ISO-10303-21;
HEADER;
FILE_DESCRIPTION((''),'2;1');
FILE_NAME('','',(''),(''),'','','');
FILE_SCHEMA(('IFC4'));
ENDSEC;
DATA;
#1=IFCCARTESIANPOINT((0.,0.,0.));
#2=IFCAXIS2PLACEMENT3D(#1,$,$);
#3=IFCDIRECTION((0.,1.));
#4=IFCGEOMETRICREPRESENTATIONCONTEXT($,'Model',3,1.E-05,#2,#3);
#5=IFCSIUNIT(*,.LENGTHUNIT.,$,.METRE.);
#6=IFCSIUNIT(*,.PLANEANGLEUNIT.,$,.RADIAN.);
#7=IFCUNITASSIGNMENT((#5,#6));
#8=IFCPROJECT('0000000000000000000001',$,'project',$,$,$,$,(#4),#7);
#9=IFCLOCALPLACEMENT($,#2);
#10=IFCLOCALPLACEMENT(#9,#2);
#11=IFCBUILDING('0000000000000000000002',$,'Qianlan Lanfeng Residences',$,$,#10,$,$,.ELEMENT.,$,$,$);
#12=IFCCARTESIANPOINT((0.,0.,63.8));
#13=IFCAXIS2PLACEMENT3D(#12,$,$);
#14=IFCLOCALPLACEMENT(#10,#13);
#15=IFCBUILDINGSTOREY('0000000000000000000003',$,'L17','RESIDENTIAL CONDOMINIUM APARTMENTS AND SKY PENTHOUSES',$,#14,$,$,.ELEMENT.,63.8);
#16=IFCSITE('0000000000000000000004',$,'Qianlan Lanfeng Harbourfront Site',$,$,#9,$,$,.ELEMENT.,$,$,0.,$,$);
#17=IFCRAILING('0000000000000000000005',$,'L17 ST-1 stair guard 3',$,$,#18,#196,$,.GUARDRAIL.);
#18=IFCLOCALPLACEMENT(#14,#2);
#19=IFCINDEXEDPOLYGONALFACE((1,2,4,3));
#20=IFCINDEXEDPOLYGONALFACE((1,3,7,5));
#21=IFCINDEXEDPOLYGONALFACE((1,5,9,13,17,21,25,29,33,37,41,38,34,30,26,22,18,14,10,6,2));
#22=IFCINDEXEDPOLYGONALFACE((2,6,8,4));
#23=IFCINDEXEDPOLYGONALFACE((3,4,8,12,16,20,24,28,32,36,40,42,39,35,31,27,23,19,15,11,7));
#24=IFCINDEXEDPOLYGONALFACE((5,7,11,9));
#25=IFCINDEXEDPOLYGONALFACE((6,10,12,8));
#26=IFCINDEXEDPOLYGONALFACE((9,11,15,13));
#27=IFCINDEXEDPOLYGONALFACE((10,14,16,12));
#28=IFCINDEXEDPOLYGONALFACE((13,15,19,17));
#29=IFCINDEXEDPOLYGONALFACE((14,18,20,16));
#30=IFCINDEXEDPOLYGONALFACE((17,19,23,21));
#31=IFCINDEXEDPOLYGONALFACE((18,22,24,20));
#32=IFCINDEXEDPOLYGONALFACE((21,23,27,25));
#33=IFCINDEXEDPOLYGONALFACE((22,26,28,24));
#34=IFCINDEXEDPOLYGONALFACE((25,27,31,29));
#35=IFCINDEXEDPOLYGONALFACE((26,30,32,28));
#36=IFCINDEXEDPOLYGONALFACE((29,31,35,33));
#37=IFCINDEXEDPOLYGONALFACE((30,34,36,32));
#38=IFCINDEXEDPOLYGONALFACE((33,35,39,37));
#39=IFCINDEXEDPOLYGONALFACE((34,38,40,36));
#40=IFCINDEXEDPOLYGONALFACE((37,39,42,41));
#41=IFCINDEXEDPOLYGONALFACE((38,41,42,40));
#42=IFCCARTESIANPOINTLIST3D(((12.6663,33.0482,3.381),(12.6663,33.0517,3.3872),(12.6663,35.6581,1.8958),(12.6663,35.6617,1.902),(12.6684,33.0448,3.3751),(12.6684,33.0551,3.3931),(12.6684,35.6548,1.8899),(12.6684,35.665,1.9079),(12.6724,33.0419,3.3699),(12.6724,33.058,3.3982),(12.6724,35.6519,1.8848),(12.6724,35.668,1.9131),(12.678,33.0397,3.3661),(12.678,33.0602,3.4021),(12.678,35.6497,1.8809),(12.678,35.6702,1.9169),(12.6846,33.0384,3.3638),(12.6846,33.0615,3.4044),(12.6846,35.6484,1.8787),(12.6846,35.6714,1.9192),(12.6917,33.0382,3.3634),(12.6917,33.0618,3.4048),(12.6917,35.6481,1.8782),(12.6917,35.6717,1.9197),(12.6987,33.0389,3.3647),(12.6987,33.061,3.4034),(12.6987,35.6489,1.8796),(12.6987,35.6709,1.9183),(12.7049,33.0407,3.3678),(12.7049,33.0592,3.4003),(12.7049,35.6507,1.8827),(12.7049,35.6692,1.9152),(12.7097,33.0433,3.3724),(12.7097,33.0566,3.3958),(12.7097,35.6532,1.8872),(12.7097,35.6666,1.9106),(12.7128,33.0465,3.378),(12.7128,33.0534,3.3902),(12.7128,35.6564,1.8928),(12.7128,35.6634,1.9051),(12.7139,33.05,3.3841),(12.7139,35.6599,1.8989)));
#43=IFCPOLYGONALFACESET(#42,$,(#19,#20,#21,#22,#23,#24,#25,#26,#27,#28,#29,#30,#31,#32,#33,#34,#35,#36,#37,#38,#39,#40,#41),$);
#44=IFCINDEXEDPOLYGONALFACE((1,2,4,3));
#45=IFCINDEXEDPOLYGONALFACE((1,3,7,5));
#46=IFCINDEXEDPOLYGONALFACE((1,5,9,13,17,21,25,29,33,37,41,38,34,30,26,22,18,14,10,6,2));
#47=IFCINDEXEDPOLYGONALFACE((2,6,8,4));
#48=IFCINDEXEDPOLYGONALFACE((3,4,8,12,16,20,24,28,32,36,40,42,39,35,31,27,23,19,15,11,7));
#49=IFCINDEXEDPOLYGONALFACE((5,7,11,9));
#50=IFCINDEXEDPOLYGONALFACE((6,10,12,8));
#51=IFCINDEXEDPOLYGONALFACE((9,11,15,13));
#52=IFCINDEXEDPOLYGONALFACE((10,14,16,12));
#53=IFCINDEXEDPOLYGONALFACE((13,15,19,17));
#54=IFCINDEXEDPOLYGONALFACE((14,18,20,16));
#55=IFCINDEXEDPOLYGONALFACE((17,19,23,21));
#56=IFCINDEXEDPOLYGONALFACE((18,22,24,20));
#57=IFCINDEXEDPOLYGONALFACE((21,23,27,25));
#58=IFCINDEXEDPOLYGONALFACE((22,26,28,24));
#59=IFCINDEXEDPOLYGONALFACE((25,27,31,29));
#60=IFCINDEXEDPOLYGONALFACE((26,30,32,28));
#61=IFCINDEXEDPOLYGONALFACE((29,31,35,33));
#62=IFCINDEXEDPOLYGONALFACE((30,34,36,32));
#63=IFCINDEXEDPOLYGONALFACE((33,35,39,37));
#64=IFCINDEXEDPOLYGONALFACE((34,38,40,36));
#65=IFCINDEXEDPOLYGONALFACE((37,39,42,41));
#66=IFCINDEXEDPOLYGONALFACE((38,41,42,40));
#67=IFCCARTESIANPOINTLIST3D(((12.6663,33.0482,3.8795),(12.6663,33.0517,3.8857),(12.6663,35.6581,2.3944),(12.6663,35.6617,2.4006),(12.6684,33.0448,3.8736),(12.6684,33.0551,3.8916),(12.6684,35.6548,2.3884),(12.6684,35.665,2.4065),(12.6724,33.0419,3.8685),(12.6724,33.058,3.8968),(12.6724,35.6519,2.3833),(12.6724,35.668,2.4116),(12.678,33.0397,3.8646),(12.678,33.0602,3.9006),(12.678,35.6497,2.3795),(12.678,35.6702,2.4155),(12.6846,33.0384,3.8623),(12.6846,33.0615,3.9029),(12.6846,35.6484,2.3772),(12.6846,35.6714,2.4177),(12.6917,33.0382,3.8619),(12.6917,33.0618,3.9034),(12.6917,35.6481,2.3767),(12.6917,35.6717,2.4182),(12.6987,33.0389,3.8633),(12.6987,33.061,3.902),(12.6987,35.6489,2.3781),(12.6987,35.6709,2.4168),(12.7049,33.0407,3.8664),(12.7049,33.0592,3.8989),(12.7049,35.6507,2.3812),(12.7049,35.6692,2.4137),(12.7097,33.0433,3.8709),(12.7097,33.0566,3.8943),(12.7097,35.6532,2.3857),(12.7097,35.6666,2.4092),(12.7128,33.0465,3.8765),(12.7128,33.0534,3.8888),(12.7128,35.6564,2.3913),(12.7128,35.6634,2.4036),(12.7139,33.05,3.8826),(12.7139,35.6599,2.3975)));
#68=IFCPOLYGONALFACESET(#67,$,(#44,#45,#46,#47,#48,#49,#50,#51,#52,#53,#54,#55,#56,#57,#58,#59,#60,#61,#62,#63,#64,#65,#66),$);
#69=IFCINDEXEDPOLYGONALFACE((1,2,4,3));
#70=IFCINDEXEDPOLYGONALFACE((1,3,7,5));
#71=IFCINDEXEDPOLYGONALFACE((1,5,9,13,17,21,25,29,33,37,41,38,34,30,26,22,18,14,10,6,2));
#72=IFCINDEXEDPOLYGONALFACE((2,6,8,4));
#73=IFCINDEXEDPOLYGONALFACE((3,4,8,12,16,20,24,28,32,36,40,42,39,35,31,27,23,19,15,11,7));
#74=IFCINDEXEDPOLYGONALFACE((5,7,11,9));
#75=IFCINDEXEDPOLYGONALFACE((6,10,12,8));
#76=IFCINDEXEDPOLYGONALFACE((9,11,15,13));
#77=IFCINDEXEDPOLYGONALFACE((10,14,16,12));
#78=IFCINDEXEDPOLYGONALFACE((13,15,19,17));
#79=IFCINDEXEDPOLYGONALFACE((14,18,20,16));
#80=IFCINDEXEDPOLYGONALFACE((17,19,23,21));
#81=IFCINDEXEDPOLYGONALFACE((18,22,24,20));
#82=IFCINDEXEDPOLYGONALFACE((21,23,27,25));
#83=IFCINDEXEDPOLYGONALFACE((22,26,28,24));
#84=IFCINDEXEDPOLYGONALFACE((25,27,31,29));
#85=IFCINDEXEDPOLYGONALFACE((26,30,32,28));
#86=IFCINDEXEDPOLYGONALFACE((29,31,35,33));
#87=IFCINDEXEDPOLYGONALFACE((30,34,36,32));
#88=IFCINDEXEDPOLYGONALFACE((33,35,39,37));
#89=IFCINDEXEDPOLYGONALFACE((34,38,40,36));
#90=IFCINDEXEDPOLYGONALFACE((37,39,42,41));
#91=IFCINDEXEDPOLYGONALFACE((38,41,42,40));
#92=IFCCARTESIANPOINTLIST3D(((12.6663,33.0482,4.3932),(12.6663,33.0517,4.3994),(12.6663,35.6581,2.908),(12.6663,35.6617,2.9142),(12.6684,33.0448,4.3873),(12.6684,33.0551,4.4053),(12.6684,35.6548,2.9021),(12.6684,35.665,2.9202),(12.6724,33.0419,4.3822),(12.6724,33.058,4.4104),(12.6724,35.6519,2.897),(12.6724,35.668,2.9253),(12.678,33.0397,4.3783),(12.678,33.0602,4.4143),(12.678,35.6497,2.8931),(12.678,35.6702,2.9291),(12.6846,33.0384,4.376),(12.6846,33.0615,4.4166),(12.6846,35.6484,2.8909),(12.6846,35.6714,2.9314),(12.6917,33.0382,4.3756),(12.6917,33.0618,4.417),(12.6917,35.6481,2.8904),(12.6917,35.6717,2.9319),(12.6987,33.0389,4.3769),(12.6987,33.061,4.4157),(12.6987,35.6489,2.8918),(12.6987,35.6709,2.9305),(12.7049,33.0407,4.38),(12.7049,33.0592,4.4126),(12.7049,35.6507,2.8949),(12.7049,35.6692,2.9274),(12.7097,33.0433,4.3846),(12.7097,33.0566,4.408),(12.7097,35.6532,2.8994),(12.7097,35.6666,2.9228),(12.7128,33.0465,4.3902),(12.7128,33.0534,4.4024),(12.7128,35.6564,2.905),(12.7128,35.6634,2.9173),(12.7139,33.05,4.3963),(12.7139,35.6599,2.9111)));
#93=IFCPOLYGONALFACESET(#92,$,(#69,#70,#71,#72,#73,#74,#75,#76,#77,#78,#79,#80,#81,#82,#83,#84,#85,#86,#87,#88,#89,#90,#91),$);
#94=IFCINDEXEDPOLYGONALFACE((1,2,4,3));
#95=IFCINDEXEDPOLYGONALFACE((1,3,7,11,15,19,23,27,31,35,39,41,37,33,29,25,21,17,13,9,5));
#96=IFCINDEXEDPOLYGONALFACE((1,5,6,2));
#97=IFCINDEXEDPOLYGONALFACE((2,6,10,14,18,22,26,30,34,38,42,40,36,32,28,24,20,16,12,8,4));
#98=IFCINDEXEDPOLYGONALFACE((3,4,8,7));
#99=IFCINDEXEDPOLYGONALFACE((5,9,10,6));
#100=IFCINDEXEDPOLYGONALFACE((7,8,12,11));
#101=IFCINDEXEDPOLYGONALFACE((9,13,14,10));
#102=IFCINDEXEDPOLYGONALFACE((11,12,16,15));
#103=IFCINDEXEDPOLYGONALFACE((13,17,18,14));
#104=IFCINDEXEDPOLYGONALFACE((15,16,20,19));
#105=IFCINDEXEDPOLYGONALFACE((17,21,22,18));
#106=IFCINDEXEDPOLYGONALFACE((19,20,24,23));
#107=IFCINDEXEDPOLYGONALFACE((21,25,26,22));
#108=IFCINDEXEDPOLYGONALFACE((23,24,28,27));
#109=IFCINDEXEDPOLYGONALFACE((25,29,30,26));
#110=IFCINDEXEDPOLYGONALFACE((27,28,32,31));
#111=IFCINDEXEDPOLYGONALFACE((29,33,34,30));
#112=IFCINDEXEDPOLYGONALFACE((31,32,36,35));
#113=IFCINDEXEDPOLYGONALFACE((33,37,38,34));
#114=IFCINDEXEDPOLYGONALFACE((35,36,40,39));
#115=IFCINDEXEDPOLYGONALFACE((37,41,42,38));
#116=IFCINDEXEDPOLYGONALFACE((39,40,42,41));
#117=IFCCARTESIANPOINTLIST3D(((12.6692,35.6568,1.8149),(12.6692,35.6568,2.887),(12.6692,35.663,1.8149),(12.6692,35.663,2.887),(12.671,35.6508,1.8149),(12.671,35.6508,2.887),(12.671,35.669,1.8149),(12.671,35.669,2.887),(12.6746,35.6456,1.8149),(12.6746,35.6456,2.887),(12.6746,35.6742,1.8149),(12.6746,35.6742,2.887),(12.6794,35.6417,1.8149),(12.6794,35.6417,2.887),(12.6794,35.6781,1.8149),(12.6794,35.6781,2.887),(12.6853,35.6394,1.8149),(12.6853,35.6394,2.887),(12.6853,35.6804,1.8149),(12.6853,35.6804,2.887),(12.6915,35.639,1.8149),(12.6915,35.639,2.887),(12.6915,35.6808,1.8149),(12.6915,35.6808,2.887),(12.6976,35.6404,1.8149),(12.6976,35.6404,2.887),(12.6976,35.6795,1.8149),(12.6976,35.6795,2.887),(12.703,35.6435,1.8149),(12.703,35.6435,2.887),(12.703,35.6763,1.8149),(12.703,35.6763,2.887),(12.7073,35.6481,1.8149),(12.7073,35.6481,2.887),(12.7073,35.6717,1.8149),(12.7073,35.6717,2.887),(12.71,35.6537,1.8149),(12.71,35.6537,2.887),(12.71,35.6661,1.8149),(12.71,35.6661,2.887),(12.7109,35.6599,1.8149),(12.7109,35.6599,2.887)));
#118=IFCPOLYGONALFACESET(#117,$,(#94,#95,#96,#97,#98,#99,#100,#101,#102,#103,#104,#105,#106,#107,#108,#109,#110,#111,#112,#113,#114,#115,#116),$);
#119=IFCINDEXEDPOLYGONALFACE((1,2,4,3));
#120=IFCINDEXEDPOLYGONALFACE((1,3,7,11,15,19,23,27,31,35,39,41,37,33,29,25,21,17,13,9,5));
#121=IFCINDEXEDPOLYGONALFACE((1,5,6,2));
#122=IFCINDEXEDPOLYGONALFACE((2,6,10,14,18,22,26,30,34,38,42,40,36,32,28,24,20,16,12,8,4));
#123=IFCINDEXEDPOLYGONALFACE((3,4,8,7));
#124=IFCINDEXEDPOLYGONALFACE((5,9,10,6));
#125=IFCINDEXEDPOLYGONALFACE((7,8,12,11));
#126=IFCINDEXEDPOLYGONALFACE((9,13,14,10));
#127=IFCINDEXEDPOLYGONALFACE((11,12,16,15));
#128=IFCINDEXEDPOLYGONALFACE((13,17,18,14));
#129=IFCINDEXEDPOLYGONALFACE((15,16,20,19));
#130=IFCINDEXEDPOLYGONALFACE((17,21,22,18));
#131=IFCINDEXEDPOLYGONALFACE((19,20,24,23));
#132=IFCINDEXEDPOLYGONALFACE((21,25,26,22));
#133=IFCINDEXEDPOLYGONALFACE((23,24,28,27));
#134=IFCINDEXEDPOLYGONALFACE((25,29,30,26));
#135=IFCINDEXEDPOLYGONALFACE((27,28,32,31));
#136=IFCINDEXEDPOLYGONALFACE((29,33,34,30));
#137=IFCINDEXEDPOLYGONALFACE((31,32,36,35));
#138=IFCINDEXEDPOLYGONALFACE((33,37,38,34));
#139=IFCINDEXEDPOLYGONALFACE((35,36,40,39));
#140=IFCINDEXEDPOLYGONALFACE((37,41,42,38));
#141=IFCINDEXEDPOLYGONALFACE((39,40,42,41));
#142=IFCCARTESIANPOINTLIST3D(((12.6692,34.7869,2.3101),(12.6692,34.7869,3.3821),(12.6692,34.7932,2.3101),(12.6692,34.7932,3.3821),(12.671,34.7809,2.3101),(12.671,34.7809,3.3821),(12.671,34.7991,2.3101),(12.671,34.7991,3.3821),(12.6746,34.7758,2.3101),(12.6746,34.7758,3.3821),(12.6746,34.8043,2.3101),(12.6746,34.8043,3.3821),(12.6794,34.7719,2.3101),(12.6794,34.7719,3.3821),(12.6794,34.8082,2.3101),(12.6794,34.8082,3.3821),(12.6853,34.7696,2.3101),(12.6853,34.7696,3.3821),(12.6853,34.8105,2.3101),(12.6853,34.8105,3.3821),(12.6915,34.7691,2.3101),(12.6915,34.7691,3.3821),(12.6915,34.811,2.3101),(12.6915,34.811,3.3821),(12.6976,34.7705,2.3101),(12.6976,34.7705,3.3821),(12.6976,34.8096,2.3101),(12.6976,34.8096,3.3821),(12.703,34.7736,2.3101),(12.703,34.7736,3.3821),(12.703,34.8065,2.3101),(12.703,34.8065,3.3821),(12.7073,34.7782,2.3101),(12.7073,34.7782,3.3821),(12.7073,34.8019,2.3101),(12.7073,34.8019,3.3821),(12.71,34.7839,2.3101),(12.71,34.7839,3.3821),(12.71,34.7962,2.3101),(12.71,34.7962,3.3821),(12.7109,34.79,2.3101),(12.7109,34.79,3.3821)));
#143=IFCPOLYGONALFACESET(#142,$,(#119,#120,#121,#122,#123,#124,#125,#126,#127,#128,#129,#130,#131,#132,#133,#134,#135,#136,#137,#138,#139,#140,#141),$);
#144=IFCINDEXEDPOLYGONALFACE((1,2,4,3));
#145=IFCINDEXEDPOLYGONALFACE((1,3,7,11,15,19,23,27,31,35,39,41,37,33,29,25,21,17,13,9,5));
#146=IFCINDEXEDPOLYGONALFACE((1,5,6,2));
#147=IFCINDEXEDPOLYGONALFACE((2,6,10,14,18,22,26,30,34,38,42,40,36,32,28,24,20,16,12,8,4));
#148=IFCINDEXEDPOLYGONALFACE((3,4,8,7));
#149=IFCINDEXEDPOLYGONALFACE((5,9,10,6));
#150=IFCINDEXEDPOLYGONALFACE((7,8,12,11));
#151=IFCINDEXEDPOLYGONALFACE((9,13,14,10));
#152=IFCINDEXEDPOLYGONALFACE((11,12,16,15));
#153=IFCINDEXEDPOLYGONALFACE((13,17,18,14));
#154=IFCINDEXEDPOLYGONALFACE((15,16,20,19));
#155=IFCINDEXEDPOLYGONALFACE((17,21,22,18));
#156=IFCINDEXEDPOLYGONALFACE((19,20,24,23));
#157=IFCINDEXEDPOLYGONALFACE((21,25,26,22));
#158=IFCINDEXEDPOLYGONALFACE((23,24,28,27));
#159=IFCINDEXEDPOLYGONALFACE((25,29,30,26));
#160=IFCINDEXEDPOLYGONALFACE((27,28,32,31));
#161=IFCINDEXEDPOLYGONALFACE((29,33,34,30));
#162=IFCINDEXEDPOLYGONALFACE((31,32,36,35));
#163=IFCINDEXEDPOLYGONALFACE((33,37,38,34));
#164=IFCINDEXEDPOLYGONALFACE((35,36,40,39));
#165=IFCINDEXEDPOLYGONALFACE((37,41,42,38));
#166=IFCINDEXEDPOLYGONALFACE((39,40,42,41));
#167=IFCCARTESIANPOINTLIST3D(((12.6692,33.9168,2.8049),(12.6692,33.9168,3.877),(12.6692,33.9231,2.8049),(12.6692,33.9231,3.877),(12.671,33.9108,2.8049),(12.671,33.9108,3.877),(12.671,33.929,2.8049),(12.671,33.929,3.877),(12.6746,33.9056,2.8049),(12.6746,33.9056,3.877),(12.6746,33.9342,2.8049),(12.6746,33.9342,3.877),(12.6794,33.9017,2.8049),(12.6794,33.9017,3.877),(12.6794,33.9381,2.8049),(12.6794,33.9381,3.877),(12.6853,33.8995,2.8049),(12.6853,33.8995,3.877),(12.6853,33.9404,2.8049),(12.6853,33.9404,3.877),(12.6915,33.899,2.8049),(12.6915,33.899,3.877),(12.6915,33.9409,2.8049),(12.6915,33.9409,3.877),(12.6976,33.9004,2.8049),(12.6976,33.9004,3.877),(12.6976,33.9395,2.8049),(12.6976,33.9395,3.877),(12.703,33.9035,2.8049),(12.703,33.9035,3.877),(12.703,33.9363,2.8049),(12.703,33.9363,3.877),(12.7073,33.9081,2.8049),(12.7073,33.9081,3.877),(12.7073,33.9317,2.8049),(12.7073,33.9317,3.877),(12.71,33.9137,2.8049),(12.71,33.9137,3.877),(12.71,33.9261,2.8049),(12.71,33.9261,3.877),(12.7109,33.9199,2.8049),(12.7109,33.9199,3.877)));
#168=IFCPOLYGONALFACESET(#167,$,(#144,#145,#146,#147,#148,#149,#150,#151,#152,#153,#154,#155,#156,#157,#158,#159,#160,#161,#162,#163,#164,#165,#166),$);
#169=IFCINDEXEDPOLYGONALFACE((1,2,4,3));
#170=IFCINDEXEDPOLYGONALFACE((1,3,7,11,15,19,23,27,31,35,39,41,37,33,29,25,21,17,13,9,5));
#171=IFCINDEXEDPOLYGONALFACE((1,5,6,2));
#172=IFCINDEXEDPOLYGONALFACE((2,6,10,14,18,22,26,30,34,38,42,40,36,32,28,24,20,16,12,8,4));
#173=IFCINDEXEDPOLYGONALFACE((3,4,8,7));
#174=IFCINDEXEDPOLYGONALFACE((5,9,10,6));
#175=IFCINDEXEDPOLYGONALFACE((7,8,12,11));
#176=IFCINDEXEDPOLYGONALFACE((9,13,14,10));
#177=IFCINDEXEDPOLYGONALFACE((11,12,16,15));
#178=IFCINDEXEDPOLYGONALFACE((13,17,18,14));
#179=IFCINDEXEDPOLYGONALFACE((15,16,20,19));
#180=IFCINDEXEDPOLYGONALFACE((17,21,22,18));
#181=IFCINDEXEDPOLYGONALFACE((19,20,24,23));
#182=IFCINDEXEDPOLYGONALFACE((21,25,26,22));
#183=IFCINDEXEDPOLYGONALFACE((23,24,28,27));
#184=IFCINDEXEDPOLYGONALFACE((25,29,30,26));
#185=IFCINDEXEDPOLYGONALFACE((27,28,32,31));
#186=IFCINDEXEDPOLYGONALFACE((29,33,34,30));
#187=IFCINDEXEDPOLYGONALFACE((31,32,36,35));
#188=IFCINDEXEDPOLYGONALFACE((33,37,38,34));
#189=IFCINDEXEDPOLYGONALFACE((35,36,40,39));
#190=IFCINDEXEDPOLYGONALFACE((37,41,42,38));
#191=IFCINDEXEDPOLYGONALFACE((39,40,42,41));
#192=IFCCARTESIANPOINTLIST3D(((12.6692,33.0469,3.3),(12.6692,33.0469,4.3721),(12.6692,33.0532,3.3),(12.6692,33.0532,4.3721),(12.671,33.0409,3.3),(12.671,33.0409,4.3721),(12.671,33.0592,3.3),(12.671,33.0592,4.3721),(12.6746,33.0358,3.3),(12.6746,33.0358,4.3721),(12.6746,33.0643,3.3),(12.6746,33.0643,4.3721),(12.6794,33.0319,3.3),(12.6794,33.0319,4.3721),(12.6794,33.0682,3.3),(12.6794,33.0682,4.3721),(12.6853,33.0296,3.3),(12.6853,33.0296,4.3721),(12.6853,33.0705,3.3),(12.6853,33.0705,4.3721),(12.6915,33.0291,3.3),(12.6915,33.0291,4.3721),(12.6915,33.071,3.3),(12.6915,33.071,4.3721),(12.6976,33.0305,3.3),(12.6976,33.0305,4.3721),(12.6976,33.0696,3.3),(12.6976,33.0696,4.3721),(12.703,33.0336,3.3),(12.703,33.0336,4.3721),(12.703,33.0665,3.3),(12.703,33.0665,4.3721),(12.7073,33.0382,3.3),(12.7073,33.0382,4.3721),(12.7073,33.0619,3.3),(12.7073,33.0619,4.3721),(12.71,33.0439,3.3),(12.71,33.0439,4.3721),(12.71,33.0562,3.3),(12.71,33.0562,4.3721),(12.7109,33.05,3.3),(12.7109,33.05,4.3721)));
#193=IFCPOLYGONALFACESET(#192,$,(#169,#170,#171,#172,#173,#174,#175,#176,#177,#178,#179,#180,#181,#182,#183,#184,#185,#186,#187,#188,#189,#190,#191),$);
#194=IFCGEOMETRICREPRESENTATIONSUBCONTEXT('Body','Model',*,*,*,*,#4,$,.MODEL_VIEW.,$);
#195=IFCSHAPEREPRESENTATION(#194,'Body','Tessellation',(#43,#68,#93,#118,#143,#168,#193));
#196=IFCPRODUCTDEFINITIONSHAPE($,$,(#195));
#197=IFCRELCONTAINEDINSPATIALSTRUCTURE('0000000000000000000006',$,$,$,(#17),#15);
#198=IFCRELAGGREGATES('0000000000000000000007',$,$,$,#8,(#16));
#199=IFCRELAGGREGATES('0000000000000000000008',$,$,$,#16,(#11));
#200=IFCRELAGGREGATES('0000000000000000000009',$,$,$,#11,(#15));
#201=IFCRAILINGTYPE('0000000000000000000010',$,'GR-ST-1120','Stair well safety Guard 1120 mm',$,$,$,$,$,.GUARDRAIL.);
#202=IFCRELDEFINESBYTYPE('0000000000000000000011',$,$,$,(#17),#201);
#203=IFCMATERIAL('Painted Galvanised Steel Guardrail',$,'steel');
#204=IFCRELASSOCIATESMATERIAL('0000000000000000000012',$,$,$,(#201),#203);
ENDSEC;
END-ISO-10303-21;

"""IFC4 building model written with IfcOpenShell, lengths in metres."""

from ifc_helpers import new_model, si_unit, direction, frame, origin, origin_2d, place, context, subcontext, project, spatial, circle, extrude, material, type_object, element, save


model = new_model("IFC4")

# Units and contexts
model_context = context("Model", 3, precision=1e-05, world=origin(), true_north=direction((0.0, 1.0)))
body_context = subcontext(model_context, "Body", "Model", "MODEL_VIEW")
ifc_project = project(units=[si_unit("LENGTHUNIT", "METRE"), si_unit("PLANEANGLEUNIT", "RADIAN")], contexts=[model_context])

# Site, building, storey
site_placement = place(None, origin())
site = spatial("IfcSite", under=ifc_project, at=site_placement, Name="Qianlan Lanfeng Harbourfront Site", CompositionType="ELEMENT", RefElevation=0.0)
building_placement = place(site_placement, origin())
building = spatial("IfcBuilding", under=site, at=building_placement, Name="Qianlan Lanfeng Residences", CompositionType="ELEMENT")
storey_placement = place(building_placement, frame((0.0, 0.0, 63.8)))
storey = spatial("IfcBuildingStorey", under=building, at=storey_placement, Name="L17", Description="RESIDENTIAL CONDOMINIUM APARTMENTS AND SKY PENTHOUSES", CompositionType="ELEMENT", Elevation=63.8)

# Railing
ifc_material_1 = material(Name="Painted Galvanised Steel Guardrail", Category="steel")
railing_type_1 = type_object("IfcRailingType", Name="GR-ST-1120", Description="Stair well safety Guard 1120 mm", PredefinedType="GUARDRAIL", material=ifc_material_1)
railing_1_placement = place(storey_placement, frame((12.6899, 35.6599, 1.8149)))
element("IfcRailing", 1, at=railing_1_placement, inside=storey, type_object=railing_type_1, Name="L17 ST-1 stair guard 3", PredefinedType="GUARDRAIL", context=body_context, shape_type="SweptSolid", body=[
    extrude(circle(Radius=0.0239, at=origin_2d()), frame((0.0, 0.0, 0.084), z_axis=(0.0, -0.869137, 0.494571), x_axis=(1.0, 0.0, 0.0)), (0.0, 0.0, 1.0), 3.0029),
    extrude(circle(Radius=0.0239, at=origin_2d()), frame((0.0, 0.0, 0.5825), z_axis=(0.0, -0.869137, 0.494571), x_axis=(1.0, 0.0, 0.0)), (0.0, 0.0, 1.0), 3.0029),
    extrude(circle(Radius=0.0239, at=origin_2d()), frame((0.0, 0.0, 1.0962), z_axis=(0.0, -0.869137, 0.494571), x_axis=(1.0, 0.0, 0.0)), (0.0, 0.0, 1.0), 3.0029),
    extrude(circle(Radius=0.021, at=origin_2d()), origin(), (0.0, 0.0, 1.0), 1.072),
    extrude(circle(Radius=0.021, at=origin_2d()), frame((0.0, -0.8699, 0.4951)), (0.0, 0.0, 1.0), 1.072),
    extrude(circle(Radius=0.021, at=origin_2d()), frame((0.0, -1.74, 0.99)), (0.0, 0.0, 1.0), 1.072),
    extrude(circle(Radius=0.021, at=origin_2d()), frame((0.0, -2.6099, 1.4851)), (0.0, 0.0, 1.0), 1.072),
])

save(model, "model.ifc")
